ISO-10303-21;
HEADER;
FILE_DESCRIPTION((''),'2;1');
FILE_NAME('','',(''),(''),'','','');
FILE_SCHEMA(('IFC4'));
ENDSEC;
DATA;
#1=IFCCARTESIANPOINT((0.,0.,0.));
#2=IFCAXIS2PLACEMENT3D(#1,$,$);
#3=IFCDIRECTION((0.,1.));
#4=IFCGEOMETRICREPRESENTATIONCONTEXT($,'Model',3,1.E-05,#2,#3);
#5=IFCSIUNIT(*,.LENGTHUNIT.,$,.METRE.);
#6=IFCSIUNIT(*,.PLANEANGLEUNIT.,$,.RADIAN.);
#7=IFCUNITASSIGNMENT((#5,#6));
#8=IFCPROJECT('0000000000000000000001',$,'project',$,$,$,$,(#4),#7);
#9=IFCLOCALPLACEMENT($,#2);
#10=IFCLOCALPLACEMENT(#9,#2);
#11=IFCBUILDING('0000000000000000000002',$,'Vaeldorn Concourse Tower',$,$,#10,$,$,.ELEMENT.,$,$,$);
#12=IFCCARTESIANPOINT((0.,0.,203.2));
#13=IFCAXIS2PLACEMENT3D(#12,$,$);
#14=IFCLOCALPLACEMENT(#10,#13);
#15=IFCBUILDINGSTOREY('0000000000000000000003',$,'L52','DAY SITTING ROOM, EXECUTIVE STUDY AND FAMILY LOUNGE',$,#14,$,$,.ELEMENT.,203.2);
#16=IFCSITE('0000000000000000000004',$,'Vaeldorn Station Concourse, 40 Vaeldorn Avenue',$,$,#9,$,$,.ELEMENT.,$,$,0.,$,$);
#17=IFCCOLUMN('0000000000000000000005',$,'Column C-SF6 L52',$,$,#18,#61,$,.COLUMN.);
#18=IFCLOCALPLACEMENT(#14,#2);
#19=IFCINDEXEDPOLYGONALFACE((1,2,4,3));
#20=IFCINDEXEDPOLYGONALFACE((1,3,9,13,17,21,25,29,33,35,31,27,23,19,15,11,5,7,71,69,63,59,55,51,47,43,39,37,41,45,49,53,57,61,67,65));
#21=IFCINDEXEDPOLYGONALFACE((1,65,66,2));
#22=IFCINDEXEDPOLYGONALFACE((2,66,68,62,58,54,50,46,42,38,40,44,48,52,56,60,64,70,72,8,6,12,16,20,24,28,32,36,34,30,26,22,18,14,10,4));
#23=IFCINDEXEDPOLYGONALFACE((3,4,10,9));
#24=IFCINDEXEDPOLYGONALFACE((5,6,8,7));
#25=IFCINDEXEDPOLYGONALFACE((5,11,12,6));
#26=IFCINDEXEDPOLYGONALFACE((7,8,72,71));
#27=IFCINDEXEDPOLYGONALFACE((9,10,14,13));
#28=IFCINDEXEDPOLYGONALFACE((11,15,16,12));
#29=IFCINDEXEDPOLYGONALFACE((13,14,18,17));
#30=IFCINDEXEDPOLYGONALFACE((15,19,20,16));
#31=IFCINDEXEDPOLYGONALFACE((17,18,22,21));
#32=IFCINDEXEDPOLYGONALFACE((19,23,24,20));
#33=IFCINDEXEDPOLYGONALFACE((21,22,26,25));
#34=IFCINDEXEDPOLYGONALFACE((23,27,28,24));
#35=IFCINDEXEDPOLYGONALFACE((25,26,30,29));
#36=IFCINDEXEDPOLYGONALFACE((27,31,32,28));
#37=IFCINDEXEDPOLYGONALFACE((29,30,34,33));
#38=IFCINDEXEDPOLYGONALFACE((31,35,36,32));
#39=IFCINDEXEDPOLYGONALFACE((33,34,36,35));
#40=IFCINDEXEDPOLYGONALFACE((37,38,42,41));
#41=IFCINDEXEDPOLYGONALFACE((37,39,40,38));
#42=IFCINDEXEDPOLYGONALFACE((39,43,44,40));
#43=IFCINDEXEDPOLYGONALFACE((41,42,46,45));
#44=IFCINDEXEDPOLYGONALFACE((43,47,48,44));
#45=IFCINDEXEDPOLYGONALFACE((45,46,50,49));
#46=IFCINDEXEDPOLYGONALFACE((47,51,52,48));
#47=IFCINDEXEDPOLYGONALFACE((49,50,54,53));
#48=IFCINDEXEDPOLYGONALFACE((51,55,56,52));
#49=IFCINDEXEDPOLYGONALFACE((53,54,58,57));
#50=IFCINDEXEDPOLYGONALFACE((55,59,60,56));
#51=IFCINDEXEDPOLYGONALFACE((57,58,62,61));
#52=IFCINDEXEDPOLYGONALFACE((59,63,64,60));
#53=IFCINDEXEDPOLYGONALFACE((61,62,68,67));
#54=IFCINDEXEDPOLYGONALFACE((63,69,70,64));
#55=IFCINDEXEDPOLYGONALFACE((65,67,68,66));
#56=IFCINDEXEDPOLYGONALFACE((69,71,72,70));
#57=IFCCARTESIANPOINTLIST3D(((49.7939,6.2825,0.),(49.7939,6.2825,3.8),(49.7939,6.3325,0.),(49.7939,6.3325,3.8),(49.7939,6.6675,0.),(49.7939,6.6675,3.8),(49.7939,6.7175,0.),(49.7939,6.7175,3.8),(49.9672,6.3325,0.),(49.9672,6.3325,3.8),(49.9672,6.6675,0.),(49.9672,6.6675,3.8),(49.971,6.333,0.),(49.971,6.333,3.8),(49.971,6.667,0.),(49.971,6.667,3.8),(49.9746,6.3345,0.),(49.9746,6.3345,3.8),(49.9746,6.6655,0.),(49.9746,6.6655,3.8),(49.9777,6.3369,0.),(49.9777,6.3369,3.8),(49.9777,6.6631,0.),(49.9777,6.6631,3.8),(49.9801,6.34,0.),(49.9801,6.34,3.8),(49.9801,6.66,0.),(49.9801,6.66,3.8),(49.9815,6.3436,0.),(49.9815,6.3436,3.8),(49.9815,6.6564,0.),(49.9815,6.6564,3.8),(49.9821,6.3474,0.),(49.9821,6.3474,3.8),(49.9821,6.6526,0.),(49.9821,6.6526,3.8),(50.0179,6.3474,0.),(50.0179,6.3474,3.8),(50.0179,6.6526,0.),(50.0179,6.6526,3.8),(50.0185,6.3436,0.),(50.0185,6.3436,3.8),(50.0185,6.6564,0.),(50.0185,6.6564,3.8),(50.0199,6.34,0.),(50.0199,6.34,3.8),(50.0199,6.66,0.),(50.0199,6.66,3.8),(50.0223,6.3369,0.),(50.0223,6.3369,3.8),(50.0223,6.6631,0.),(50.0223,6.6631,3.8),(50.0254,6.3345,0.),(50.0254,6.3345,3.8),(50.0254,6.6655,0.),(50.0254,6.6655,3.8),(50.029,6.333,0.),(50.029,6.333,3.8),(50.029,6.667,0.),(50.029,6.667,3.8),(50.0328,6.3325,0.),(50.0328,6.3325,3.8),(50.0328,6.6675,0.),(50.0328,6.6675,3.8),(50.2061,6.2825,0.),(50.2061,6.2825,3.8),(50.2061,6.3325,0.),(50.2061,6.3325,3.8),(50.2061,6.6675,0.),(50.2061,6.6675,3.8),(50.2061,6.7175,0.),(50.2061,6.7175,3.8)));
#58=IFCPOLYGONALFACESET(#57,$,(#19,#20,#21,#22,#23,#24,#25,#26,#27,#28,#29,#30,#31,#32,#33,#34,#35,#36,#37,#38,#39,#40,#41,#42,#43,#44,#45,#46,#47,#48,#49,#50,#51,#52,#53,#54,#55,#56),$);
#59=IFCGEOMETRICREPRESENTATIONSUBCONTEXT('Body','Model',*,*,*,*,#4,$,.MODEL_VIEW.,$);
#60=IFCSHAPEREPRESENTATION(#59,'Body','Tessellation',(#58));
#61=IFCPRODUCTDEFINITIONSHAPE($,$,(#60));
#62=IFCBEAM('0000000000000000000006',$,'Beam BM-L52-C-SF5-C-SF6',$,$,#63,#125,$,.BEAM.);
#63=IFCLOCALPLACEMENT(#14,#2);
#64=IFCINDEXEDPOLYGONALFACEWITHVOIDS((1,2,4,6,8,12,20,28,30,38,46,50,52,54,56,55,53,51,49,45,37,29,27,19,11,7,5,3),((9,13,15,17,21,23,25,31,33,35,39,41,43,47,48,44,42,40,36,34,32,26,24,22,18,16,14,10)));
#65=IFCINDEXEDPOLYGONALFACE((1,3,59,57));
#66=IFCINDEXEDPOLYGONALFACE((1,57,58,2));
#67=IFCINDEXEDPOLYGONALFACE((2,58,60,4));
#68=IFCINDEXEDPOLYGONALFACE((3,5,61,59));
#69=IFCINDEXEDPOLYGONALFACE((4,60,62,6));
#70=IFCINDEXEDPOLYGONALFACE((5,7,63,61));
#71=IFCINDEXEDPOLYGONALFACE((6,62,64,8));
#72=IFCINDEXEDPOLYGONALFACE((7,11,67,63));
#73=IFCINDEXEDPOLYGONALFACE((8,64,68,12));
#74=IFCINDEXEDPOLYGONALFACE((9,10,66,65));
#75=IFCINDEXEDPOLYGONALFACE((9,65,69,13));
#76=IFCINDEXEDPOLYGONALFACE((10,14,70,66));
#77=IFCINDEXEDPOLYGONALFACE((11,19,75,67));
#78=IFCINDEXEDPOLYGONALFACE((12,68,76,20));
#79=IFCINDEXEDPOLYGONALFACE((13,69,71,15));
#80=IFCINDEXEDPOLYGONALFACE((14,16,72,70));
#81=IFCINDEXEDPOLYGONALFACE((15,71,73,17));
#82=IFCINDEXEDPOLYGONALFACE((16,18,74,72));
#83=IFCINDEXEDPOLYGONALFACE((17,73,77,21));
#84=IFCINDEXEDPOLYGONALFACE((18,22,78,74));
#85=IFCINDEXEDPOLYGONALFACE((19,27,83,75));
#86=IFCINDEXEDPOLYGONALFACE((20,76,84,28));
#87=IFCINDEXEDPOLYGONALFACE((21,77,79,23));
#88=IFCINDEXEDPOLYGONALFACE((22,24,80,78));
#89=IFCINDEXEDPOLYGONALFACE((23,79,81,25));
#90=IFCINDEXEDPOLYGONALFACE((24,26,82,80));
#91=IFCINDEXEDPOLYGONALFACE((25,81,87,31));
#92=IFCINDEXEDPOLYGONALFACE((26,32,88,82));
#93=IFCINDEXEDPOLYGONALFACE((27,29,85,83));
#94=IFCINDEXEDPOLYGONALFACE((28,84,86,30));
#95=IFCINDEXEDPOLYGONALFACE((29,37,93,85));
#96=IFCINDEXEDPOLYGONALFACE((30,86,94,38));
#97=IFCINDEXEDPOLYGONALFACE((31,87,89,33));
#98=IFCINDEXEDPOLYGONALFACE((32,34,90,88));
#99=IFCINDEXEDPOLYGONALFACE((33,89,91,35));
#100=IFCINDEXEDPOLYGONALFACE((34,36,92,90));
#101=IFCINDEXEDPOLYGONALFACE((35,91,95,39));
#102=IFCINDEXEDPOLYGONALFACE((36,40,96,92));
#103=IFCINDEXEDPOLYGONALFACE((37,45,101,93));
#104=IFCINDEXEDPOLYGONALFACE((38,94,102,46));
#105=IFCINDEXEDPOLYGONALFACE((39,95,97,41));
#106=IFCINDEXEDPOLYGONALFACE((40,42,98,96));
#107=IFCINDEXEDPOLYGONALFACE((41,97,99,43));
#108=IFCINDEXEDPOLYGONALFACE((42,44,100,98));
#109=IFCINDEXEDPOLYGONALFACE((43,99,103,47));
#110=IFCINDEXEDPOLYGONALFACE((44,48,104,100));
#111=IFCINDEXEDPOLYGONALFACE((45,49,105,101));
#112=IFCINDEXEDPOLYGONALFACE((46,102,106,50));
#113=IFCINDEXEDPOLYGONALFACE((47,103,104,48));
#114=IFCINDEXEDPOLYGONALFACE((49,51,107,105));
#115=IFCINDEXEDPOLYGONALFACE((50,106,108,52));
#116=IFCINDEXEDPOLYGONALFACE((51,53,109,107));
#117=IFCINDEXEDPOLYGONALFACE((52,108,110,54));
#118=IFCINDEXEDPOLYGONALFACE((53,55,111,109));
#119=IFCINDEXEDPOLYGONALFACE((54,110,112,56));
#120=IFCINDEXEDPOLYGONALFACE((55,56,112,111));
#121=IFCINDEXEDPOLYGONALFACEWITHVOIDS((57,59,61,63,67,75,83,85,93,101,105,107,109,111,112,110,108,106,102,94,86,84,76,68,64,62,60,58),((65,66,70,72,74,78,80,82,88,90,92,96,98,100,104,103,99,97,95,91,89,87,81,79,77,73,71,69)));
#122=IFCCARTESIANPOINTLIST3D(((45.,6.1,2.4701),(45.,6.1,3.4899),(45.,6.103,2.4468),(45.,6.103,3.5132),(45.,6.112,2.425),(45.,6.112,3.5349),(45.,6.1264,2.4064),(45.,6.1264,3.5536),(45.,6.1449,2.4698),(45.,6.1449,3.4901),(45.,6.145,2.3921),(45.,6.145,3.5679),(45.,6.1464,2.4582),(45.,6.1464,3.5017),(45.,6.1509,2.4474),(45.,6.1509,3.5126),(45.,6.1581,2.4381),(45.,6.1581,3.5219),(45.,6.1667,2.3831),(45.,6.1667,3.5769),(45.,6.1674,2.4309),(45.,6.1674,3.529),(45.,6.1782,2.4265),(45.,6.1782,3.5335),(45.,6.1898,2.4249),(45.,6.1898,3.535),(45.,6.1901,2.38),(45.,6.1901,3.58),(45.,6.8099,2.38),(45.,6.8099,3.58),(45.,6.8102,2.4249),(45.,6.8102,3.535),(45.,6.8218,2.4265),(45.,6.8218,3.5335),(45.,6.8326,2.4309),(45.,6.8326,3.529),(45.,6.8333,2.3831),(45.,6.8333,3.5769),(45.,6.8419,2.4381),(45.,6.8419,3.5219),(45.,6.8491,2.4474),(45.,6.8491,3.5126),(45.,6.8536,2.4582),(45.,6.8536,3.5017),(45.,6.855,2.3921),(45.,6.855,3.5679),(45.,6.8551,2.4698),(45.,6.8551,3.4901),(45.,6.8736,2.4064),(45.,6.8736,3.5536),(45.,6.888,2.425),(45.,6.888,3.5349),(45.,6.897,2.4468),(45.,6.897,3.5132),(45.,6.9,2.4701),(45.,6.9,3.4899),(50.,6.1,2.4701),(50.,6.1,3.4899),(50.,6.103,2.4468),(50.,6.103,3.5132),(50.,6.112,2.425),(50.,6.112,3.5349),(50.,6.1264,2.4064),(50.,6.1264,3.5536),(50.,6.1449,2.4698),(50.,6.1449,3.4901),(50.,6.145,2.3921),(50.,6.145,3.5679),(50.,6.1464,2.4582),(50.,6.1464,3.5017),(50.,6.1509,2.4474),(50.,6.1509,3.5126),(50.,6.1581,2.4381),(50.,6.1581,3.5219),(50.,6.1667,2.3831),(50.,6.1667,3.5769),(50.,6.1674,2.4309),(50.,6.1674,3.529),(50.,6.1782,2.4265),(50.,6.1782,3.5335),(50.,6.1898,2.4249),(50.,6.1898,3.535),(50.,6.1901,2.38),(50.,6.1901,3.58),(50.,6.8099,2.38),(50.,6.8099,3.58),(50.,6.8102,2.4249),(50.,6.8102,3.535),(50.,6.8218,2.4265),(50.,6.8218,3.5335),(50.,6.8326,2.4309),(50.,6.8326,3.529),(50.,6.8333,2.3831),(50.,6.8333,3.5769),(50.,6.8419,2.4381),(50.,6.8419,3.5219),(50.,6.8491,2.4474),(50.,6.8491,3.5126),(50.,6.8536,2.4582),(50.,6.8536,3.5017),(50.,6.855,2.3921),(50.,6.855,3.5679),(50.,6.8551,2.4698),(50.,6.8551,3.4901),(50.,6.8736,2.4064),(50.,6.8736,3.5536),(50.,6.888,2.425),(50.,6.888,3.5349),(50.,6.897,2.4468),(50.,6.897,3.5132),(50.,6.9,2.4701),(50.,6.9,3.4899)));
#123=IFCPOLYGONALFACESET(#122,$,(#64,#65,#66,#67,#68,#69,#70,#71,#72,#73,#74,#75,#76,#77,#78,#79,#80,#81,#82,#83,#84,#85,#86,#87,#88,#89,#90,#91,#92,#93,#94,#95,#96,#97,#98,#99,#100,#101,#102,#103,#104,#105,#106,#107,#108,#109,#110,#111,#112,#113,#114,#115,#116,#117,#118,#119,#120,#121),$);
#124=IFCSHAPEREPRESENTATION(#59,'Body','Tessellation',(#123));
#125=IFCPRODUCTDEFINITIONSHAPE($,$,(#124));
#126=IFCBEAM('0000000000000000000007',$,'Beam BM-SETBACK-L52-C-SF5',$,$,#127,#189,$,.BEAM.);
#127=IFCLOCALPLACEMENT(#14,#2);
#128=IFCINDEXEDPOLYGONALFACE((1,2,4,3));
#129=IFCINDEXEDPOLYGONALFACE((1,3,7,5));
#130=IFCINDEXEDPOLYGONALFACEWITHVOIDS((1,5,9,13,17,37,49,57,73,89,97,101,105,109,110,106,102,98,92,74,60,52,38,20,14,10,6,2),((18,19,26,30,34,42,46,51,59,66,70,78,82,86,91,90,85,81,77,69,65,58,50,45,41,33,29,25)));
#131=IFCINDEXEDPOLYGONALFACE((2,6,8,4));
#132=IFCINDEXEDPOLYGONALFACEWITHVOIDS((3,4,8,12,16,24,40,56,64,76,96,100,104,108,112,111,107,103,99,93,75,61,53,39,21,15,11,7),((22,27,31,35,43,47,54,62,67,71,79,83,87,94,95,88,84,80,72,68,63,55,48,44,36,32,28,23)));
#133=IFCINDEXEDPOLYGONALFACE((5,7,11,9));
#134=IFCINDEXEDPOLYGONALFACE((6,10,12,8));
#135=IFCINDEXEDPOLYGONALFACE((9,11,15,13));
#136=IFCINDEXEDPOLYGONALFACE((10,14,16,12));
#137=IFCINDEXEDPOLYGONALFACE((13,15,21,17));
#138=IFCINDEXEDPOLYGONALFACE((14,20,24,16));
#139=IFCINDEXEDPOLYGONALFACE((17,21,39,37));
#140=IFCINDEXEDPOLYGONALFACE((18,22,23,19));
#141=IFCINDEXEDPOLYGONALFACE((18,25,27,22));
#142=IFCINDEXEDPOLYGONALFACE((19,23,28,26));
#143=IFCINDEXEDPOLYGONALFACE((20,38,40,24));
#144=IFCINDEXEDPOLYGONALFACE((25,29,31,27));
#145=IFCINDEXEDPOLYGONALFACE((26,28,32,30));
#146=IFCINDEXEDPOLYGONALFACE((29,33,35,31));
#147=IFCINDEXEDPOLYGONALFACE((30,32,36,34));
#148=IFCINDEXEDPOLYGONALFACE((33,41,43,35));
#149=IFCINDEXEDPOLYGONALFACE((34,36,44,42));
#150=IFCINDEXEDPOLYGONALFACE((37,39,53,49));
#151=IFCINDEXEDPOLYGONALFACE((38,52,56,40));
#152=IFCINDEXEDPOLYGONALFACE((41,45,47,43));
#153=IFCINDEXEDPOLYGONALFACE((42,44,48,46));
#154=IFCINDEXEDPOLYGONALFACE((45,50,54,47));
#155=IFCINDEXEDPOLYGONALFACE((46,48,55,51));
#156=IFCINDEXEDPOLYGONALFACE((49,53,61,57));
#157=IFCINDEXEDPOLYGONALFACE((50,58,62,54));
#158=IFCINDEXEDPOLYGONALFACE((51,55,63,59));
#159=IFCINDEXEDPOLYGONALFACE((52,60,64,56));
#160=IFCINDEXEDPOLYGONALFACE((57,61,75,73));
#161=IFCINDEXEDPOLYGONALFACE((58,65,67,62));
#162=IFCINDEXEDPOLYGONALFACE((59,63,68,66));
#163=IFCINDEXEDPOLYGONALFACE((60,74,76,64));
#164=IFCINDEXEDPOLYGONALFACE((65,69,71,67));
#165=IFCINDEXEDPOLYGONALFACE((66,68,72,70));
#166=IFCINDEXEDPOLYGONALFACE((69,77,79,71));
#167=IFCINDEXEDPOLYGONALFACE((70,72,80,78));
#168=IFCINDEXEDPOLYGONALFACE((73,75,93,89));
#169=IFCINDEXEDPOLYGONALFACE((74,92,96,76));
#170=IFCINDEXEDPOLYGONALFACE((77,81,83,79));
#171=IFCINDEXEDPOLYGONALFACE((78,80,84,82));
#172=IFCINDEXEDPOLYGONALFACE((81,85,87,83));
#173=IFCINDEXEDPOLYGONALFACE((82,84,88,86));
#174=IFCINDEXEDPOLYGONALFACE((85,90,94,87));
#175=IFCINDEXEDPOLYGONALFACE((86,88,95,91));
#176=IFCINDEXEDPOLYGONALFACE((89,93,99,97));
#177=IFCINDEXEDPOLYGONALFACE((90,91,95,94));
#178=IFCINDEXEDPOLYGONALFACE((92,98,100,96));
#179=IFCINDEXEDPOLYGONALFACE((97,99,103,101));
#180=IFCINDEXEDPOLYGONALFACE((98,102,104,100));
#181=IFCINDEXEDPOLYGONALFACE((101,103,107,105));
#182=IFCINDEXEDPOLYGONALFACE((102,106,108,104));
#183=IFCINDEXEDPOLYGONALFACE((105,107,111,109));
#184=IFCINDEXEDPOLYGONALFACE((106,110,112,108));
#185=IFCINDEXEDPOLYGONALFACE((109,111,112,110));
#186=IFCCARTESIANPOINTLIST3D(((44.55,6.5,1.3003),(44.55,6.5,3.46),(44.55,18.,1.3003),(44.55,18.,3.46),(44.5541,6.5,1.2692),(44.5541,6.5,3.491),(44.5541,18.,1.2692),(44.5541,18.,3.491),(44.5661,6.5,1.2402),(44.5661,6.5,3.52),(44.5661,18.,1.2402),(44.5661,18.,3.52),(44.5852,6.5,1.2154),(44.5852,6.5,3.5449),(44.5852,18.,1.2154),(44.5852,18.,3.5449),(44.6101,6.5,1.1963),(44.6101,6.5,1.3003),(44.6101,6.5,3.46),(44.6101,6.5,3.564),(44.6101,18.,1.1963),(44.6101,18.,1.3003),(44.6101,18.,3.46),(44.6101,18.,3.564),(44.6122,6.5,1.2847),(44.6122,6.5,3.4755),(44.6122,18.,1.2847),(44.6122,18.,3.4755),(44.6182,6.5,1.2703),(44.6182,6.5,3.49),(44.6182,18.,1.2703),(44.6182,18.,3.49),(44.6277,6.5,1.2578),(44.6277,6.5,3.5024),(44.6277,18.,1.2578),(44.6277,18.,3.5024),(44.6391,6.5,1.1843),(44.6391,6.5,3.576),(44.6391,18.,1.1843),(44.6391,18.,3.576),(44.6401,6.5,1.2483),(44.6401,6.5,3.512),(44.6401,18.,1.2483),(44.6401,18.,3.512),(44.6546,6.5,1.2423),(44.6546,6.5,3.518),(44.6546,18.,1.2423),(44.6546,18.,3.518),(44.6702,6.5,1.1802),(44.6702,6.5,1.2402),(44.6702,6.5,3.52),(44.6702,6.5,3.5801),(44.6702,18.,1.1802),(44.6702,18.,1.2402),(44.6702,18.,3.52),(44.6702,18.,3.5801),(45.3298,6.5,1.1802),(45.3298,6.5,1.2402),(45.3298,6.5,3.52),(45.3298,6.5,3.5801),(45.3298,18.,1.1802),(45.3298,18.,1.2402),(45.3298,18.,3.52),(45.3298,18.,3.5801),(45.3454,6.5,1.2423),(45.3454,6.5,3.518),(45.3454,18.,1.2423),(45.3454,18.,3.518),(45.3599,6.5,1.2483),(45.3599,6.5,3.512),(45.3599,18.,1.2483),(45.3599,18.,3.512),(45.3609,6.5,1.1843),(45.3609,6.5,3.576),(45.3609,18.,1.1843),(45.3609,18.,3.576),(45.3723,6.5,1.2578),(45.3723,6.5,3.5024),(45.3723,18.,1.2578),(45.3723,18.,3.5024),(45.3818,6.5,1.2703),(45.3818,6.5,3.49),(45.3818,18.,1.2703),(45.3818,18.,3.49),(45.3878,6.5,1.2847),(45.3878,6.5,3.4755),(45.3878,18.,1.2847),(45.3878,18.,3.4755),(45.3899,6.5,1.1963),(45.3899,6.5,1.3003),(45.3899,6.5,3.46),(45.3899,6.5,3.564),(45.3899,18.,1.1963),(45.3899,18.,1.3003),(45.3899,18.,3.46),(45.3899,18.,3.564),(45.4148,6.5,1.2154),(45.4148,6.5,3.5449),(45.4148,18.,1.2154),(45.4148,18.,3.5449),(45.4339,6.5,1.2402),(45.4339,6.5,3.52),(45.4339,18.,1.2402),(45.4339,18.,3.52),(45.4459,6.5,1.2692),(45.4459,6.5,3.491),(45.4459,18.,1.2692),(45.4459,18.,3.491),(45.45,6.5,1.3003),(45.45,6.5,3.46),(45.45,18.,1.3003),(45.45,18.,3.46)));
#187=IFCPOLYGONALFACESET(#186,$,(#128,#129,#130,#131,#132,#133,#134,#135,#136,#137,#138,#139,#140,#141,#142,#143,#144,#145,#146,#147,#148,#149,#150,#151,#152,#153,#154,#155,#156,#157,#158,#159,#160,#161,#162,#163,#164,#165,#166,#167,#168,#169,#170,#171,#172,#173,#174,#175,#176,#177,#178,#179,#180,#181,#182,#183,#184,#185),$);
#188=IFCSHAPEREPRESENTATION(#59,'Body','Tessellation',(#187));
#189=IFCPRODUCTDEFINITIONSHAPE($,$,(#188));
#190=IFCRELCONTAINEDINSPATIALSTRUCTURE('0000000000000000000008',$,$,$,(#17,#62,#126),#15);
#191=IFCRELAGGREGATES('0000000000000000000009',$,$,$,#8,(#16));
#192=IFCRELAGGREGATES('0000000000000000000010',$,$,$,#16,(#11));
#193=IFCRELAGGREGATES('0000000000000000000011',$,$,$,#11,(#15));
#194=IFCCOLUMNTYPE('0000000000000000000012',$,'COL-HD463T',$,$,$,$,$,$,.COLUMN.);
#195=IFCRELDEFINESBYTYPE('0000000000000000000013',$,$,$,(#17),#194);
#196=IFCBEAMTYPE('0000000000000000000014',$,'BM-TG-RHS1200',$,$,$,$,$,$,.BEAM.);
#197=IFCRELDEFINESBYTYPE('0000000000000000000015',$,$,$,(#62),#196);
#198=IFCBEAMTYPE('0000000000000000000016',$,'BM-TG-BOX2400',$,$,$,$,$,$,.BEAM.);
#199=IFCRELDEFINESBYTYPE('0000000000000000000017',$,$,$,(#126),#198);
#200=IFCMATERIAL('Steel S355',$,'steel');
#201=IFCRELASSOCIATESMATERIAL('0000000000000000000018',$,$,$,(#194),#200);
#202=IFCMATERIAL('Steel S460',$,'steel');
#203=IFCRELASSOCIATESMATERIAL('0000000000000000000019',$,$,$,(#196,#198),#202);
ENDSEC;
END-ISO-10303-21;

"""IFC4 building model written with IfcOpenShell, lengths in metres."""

from ifc_helpers import new_model, si_unit, direction, frame, origin, origin_2d, place, context, subcontext, project, spatial, hollow_rectangle, i_section, extrude, source, transform, mapped, material, material_profile, profile_set, type_object, element, save


model = new_model("IFC4")

# Units and contexts
model_context = context("Model", 3, precision=1e-05, world=origin(), true_north=direction((0.0, 1.0)))
body_context = subcontext(model_context, "Body", "Model", "MODEL_VIEW")
ifc_project = project(units=[si_unit("LENGTHUNIT", "METRE"), si_unit("PLANEANGLEUNIT", "RADIAN")], contexts=[model_context])

# Site, building, storey
site_placement = place(None, origin())
site = spatial("IfcSite", under=ifc_project, at=site_placement, Name="Vaeldorn Station Concourse, 40 Vaeldorn Avenue", CompositionType="ELEMENT", RefElevation=0.0)
building_placement = place(site_placement, origin())
building = spatial("IfcBuilding", under=site, at=building_placement, Name="Vaeldorn Concourse Tower", CompositionType="ELEMENT")
storey_placement = place(building_placement, frame((0.0, 0.0, 203.2)))
storey = spatial("IfcBuildingStorey", under=building, at=storey_placement, Name="L52", Description="DAY SITTING ROOM, EXECUTIVE STUDY AND FAMILY LOUNGE", CompositionType="ELEMENT", Elevation=203.2)

# Column
ifc_material_1 = material(Name="Steel S355", Category="steel")
ifc_material_profile_1 = material_profile(ifc_material_1, i_section(OverallWidth=0.4121, OverallDepth=0.4351, WebThickness=0.0359, FlangeThickness=0.05, FilletRadius=0.0149, at=origin_2d()), Name="HD 400x463")
ifc_profile_set_1 = profile_set([ifc_material_profile_1], Name="Steel S355")
column_type = type_object("IfcColumnType", Name="COL-HD463T", PredefinedType="COLUMN", material=ifc_profile_set_1)
shared_shape_1 = source(origin(), body_context, "Body", "SweptSolid", [
    extrude(i_section(OverallWidth=0.4121, OverallDepth=0.4351, WebThickness=0.0359, FlangeThickness=0.05, FilletRadius=0.0149, at=origin_2d()), origin(), (0.0, 0.0, 1.0), 3.8),
])
column_placement = place(storey_placement, frame((50.0, 6.5, 0.0), z_axis=(0.0, 0.0, 1.0), x_axis=(1.0, 0.0, 0.0)))
element("IfcColumn", 1, at=column_placement, inside=storey, type_object=column_type, Name="Column C-SF6 L52", PredefinedType="COLUMN", context=body_context, shape_type="MappedRepresentation", body=[
    mapped(shared_shape_1, transform((0.0, 0.0, 0.0), scale=1.0)),
])

# Beams
ifc_material_2 = material(Name="Steel S460", Category="steel")
ifc_material_profile_2 = material_profile(ifc_material_2, hollow_rectangle(XDim=0.8, YDim=1.2, WallThickness=0.0449, InnerFilletRadius=0.0449, OuterFilletRadius=0.0901, at=origin_2d()), Name="RHS 1200x800x45")
ifc_profile_set_2 = profile_set([ifc_material_profile_2], Name="Steel S460")
beam_type_1 = type_object("IfcBeamType", Name="BM-TG-RHS1200", PredefinedType="BEAM", material=ifc_profile_set_2)
shared_shape_2 = source(origin(), body_context, "Body", "SweptSolid", [
    extrude(hollow_rectangle(XDim=0.8, YDim=1.2, WallThickness=0.0449, InnerFilletRadius=0.0449, OuterFilletRadius=0.0901, at=origin_2d()), origin(), (0.0, 0.0, 1.0), 5.0),
])
beam_1_placement = place(storey_placement, frame((45.0, 6.5, 2.98), z_axis=(1.0, 0.0, 0.0), x_axis=(0.0, 1.0, 0.0)))
element("IfcBeam", 2, at=beam_1_placement, inside=storey, type_object=beam_type_1, Name="Beam BM-L52-C-SF5-C-SF6", PredefinedType="BEAM", context=body_context, shape_type="MappedRepresentation", body=[
    mapped(shared_shape_2, transform((0.0, 0.0, 0.0), scale=1.0)),
])
ifc_material_profile_3 = material_profile(ifc_material_2, hollow_rectangle(XDim=0.8999, YDim=2.3999, WallThickness=0.0601, InnerFilletRadius=0.0601, OuterFilletRadius=0.1201, at=origin_2d()), Name="RHS 2400x900x60")
ifc_profile_set_3 = profile_set([ifc_material_profile_3], Name="Steel S460")
beam_type_2 = type_object("IfcBeamType", Name="BM-TG-BOX2400", PredefinedType="BEAM", material=ifc_profile_set_3)
shared_shape_3 = source(origin(), body_context, "Body", "SweptSolid", [
    extrude(hollow_rectangle(XDim=0.8999, YDim=2.3999, WallThickness=0.0601, InnerFilletRadius=0.0601, OuterFilletRadius=0.1201, at=origin_2d()), origin(), (0.0, 0.0, 1.0), 11.5),
])
beam_2_placement = place(storey_placement, frame((45.0, 6.5, 2.3801), z_axis=(0.0, 1.0, 0.0), x_axis=(-1.0, 0.0, 0.0)))
element("IfcBeam", 3, at=beam_2_placement, inside=storey, type_object=beam_type_2, Name="Beam BM-SETBACK-L52-C-SF5", PredefinedType="BEAM", context=body_context, shape_type="MappedRepresentation", body=[
    mapped(shared_shape_3, transform((0.0, 0.0, 0.0), scale=1.0)),
])

save(model, "model.ifc")
